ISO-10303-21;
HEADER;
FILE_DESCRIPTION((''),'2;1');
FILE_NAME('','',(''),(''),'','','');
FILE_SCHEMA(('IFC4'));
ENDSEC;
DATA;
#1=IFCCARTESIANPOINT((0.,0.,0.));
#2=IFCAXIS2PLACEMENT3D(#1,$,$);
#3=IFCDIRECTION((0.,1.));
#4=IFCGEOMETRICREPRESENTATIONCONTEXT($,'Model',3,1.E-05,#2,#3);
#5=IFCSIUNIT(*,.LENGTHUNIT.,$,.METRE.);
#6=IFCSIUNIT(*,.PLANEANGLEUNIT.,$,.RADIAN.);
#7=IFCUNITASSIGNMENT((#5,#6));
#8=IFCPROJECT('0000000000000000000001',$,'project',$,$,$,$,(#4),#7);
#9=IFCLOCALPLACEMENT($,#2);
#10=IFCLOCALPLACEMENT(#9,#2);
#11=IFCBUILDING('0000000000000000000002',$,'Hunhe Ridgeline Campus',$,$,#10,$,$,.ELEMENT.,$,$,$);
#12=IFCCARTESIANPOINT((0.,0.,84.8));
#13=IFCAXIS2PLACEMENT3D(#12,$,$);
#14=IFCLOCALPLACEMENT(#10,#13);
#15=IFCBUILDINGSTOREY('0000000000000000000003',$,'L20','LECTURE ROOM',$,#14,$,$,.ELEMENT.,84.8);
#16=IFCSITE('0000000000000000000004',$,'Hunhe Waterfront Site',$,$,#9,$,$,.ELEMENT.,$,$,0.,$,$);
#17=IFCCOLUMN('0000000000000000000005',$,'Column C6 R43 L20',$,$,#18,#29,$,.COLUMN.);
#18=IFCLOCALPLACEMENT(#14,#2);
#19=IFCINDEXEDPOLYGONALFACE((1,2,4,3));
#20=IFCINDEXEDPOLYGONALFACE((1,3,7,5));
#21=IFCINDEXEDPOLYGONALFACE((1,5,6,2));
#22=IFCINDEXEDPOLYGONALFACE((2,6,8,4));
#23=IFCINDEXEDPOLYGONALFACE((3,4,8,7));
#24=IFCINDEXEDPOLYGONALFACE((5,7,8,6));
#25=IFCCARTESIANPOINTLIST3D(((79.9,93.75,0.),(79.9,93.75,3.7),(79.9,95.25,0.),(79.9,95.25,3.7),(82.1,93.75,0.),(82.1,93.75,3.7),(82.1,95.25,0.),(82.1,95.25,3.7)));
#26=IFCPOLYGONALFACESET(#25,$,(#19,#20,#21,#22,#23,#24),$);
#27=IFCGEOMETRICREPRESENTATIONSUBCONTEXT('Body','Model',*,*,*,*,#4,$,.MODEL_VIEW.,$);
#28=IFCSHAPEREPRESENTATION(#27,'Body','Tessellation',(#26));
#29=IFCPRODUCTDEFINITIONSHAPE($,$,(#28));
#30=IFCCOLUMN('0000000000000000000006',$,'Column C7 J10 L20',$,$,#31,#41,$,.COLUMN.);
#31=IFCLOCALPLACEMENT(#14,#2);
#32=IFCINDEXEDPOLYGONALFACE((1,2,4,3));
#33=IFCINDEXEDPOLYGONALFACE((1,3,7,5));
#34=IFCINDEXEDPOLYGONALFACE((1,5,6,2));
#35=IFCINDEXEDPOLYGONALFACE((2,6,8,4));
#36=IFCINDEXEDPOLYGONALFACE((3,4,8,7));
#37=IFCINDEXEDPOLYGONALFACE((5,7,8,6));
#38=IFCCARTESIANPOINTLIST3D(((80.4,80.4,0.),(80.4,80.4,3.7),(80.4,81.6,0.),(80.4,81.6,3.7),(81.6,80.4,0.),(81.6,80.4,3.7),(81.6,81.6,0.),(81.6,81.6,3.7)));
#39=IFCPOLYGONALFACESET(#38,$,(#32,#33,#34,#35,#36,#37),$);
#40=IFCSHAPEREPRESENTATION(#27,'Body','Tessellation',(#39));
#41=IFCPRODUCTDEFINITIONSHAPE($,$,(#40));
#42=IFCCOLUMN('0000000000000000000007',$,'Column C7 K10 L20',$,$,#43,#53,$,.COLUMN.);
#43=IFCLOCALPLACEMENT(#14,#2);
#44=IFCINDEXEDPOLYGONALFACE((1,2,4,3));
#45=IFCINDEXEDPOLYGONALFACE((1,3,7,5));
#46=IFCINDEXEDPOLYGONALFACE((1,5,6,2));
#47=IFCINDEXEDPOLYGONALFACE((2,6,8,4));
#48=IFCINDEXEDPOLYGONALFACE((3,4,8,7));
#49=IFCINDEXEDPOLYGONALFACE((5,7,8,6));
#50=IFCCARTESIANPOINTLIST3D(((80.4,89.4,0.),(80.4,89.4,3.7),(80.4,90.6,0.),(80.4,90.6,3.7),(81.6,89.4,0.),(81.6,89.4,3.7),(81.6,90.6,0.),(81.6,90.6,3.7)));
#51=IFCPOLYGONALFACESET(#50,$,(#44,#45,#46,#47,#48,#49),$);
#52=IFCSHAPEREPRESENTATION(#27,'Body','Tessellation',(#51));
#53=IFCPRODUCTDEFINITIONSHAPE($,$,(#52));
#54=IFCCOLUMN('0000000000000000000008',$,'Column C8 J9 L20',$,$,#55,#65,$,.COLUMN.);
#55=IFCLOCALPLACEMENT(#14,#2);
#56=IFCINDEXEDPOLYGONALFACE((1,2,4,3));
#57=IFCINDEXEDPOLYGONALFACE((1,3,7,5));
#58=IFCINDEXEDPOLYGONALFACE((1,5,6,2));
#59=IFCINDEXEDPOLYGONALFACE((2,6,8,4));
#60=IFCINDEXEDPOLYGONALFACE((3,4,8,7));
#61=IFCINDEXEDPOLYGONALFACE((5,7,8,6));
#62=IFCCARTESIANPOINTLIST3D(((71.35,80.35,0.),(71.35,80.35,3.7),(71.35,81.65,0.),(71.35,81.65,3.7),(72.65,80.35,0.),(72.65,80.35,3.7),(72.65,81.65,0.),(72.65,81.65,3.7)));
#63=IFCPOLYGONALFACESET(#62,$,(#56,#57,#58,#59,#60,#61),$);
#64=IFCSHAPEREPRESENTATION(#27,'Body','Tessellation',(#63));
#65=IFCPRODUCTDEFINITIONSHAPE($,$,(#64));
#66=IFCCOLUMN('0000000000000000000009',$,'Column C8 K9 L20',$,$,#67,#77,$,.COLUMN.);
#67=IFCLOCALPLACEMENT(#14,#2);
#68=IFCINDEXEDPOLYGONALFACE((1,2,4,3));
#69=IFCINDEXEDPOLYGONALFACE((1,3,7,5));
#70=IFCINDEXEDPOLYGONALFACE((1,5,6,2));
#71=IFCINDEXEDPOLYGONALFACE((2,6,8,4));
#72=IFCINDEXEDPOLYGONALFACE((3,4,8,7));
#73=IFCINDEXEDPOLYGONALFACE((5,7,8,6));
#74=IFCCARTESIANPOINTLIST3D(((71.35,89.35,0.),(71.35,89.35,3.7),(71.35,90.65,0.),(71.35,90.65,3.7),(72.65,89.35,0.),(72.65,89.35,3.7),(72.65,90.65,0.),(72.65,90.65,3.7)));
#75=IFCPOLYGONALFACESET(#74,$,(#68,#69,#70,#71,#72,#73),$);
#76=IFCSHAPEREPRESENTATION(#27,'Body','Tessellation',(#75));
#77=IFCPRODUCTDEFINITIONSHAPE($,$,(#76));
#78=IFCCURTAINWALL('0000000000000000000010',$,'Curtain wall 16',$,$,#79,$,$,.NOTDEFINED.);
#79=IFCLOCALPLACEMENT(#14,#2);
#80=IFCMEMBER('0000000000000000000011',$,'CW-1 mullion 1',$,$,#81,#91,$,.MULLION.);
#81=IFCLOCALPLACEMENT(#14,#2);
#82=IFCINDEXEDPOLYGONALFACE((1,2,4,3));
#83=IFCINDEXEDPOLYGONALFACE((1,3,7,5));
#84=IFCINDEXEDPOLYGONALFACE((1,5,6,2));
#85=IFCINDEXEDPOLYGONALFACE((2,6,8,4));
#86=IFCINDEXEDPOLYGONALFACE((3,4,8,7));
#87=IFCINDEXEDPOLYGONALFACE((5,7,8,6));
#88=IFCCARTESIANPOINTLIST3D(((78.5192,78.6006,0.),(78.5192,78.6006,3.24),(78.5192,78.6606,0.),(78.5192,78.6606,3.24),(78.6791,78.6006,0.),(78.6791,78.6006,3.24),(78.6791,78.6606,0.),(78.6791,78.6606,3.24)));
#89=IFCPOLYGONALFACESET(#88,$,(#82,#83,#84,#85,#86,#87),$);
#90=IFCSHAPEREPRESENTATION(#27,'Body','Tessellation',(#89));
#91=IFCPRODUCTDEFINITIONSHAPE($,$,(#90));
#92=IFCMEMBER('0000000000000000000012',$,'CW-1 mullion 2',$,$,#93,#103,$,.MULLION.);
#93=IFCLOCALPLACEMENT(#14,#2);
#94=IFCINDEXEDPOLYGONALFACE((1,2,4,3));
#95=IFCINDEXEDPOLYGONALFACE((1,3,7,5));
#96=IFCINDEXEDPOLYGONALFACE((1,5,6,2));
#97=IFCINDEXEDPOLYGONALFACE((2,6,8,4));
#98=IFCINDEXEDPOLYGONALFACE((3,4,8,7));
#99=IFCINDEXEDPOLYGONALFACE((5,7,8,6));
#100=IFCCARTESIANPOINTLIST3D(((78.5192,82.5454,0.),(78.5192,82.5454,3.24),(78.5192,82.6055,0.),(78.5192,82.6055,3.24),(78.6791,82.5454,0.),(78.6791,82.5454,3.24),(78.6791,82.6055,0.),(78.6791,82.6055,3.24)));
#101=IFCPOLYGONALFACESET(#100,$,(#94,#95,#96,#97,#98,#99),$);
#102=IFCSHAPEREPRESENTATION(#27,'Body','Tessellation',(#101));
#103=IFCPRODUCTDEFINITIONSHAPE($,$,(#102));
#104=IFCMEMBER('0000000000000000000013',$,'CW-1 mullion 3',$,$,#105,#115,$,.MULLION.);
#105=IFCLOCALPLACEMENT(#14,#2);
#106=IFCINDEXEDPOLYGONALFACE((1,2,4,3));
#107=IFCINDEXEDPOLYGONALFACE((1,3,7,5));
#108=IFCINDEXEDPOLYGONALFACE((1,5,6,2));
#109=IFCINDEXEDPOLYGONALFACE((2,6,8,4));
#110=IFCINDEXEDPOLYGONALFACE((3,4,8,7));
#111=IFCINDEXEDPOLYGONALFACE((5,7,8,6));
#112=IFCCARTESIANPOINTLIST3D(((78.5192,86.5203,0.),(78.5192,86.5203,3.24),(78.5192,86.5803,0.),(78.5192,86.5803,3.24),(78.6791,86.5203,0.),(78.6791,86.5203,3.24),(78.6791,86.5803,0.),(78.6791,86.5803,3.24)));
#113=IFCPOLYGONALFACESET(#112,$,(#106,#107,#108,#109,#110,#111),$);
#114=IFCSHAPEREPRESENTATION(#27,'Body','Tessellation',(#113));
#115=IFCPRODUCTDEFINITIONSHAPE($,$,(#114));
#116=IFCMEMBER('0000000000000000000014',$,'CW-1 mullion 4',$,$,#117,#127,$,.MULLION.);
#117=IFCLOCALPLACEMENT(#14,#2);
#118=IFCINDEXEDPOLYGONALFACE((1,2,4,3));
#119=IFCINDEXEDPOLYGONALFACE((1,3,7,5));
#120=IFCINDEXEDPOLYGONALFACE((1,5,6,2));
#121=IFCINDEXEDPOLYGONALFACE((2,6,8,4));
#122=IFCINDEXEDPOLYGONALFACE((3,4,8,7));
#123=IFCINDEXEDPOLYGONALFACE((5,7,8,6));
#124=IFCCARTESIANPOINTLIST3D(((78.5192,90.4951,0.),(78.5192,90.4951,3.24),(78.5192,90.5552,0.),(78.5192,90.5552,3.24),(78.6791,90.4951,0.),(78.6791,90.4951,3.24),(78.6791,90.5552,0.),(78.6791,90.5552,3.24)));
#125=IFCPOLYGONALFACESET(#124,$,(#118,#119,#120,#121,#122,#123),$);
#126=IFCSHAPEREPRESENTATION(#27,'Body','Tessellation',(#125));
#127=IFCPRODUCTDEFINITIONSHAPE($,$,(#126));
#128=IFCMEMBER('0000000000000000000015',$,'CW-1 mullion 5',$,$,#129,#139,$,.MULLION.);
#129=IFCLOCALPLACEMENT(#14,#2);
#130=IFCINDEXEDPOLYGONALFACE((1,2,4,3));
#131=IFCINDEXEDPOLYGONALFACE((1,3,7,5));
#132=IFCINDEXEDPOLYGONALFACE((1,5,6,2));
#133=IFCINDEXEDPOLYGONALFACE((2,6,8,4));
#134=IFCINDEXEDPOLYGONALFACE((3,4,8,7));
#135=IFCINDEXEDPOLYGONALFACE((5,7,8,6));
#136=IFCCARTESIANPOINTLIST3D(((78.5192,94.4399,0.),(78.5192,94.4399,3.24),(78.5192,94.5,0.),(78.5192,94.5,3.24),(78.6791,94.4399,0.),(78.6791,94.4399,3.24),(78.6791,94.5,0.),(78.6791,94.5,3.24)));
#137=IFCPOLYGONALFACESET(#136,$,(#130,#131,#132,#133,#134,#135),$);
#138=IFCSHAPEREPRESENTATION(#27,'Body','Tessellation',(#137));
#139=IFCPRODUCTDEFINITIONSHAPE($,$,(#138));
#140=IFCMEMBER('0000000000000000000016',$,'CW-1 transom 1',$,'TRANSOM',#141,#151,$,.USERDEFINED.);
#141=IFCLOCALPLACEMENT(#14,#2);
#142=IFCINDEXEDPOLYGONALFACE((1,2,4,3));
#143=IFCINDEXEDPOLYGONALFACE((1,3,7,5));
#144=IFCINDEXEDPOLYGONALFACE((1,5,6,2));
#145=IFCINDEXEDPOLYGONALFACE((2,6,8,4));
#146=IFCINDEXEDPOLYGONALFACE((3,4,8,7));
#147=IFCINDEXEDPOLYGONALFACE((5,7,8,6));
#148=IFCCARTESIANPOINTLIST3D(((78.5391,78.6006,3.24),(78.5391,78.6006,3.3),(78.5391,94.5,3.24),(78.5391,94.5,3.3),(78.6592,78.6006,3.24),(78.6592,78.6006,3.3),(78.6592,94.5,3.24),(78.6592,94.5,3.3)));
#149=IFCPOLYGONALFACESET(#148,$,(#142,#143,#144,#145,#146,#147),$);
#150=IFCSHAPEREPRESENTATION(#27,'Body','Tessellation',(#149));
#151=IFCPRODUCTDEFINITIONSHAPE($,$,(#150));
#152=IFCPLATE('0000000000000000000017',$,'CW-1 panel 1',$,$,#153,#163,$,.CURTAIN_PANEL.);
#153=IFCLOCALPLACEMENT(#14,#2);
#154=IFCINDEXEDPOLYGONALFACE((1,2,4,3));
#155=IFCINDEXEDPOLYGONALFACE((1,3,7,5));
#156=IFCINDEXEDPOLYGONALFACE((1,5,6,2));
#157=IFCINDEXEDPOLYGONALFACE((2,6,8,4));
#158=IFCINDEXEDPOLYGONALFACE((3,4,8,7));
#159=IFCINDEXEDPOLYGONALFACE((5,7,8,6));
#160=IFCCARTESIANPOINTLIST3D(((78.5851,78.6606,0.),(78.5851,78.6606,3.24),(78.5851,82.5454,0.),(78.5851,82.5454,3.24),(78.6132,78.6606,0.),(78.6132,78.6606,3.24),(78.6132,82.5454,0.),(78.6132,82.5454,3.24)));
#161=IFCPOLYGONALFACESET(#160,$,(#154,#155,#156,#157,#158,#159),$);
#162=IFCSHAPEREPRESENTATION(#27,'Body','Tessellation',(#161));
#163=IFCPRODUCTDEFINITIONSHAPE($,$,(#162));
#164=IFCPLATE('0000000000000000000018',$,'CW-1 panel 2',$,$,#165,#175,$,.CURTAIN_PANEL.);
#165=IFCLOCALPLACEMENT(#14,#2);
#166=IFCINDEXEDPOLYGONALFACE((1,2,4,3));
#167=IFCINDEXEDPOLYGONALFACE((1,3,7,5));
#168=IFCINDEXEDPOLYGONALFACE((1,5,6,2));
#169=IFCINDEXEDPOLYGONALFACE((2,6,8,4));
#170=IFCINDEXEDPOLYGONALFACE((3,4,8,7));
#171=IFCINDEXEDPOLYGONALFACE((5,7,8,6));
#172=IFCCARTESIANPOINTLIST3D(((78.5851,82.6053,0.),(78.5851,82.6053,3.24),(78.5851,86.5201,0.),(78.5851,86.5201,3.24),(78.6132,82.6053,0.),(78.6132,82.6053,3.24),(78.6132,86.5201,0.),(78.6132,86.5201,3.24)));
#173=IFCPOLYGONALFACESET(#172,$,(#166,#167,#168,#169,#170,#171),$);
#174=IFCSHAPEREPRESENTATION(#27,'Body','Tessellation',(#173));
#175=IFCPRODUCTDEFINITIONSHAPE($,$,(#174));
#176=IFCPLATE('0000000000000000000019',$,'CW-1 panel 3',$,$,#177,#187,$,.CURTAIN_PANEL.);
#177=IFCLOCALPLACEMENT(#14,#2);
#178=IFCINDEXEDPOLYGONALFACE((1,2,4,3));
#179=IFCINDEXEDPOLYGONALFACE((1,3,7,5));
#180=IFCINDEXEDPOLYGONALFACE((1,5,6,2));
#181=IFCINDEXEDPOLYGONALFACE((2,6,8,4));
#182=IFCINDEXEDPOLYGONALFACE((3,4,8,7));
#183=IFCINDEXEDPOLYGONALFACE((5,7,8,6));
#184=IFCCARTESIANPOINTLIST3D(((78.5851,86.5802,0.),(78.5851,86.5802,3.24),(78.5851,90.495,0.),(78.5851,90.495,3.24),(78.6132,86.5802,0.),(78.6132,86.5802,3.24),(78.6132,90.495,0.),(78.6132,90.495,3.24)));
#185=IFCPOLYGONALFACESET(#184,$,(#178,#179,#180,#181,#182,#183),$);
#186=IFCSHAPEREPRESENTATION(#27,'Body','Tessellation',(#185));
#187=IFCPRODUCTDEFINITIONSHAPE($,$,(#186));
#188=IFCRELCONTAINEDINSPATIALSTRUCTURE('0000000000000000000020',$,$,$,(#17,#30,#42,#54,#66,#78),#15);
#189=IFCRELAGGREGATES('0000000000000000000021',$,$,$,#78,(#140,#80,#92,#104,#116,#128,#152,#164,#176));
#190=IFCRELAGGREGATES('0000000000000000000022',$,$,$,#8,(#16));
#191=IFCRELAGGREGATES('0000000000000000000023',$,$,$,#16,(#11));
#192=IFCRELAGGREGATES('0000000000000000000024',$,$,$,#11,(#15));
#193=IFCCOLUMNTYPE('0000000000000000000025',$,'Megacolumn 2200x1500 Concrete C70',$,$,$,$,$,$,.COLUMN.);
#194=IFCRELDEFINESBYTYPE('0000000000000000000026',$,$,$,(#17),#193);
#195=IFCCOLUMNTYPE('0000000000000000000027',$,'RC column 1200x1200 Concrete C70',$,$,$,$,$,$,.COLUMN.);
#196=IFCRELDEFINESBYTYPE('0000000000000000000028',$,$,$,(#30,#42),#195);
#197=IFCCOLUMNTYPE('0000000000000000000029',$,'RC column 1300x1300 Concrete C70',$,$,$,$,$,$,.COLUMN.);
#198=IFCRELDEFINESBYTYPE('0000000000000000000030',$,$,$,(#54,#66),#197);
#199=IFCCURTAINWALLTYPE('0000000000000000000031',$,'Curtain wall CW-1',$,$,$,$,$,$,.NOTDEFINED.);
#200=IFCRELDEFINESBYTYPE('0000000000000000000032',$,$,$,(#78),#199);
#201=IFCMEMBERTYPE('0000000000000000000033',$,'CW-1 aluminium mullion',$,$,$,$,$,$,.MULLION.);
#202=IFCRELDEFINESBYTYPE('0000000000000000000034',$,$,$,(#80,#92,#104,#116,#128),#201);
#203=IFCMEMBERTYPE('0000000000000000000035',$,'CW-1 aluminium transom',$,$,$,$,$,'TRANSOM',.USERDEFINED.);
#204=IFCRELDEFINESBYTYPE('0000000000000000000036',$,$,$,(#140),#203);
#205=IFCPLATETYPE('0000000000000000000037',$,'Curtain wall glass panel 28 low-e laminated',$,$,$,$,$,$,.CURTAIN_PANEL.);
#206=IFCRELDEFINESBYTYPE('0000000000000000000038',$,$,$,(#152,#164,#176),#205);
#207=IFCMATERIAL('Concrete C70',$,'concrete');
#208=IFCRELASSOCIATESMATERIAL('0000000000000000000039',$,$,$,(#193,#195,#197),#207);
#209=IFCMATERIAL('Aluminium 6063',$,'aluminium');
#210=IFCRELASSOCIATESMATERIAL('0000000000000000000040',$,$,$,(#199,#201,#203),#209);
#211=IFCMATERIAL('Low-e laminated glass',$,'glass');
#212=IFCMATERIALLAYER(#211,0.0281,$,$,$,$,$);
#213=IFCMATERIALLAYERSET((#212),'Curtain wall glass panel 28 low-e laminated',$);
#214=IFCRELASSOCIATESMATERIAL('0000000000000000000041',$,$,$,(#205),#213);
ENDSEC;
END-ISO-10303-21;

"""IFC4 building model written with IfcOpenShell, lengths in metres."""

from ifc_helpers import new_model, si_unit, direction, frame, origin, origin_2d, place, context, subcontext, project, spatial, rectangle, extrude, material, layer, layer_set, material_profile, profile_set, type_object, element, aggregate, save


model = new_model("IFC4")

# Units and contexts
model_context = context("Model", 3, precision=1e-05, world=origin(), true_north=direction((0.0, 1.0)))
body_context = subcontext(model_context, "Body", "Model", "MODEL_VIEW")
ifc_project = project(units=[si_unit("LENGTHUNIT", "METRE"), si_unit("PLANEANGLEUNIT", "RADIAN")], contexts=[model_context])

# Site, building, storey
site_placement = place(None, origin())
site = spatial("IfcSite", under=ifc_project, at=site_placement, Name="Hunhe Waterfront Site", CompositionType="ELEMENT", RefElevation=0.0)
building_placement = place(site_placement, origin())
building = spatial("IfcBuilding", under=site, at=building_placement, Name="Hunhe Ridgeline Campus", CompositionType="ELEMENT")
storey_placement = place(building_placement, frame((0.0, 0.0, 84.8)))
storey = spatial("IfcBuildingStorey", under=building, at=storey_placement, Name="L20", Description="LECTURE ROOM", CompositionType="ELEMENT", Elevation=84.8)

# Columns
ifc_material_1 = material(Name="Concrete C70", Category="concrete")
ifc_material_profile_1 = material_profile(ifc_material_1, rectangle(XDim=2.2, YDim=1.5, at=origin_2d()))
ifc_profile_set_1 = profile_set([ifc_material_profile_1], Name="Concrete C70")
column_type_1 = type_object("IfcColumnType", Name="Megacolumn 2200x1500 Concrete C70", PredefinedType="COLUMN", material=ifc_profile_set_1)
column_placement = place(storey_placement, frame((81.0, 94.5, 0.0), z_axis=(0.0, 0.0, 1.0), x_axis=(1.0, 0.0, 0.0)))
element("IfcColumn", 1, at=column_placement, inside=storey, type_object=column_type_1, Name="Column C6 R43 L20", PredefinedType="COLUMN", context=body_context, shape_type="SweptSolid", body=[
    extrude(rectangle(XDim=2.2, YDim=1.5, at=origin_2d()), origin(), (0.0, 0.0, 1.0), 3.7),
])
ifc_material_profile_2 = material_profile(ifc_material_1, rectangle(XDim=1.2, YDim=1.2, at=origin_2d()))
ifc_profile_set_2 = profile_set([ifc_material_profile_2], Name="Concrete C70")
column_type_2 = type_object("IfcColumnType", Name="RC column 1200x1200 Concrete C70", PredefinedType="COLUMN", material=ifc_profile_set_2)
for number, where, z_axis, x_axis, name in (
    (2, (81.0, 81.0, 0.0), (0.0, 0.0, 1.0), (1.0, 0.0, 0.0), "Column C7 J10 L20"),
    (3, (81.0, 90.0, 0.0), (0.0, 0.0, 1.0), (1.0, 0.0, 0.0), "Column C7 K10 L20"),
):
    element("IfcColumn", number, at=place(storey_placement, frame(where, z_axis=z_axis, x_axis=x_axis)), inside=storey, type_object=column_type_2, Name=name, PredefinedType="COLUMN", context=body_context, shape_type="SweptSolid", body=[
        extrude(rectangle(XDim=1.2, YDim=1.2, at=origin_2d()), origin(), (0.0, 0.0, 1.0), 3.7),
    ])
ifc_material_profile_3 = material_profile(ifc_material_1, rectangle(XDim=1.3, YDim=1.3, at=origin_2d()))
ifc_profile_set_3 = profile_set([ifc_material_profile_3], Name="Concrete C70")
column_type_3 = type_object("IfcColumnType", Name="RC column 1300x1300 Concrete C70", PredefinedType="COLUMN", material=ifc_profile_set_3)
for number, where, z_axis, x_axis, name in (
    (4, (72.0, 81.0, 0.0), (0.0, 0.0, 1.0), (1.0, 0.0, 0.0), "Column C8 J9 L20"),
    (5, (72.0, 90.0, 0.0), (0.0, 0.0, 1.0), (1.0, 0.0, 0.0), "Column C8 K9 L20"),
):
    element("IfcColumn", number, at=place(storey_placement, frame(where, z_axis=z_axis, x_axis=x_axis)), inside=storey, type_object=column_type_3, Name=name, PredefinedType="COLUMN", context=body_context, shape_type="SweptSolid", body=[
        extrude(rectangle(XDim=1.3, YDim=1.3, at=origin_2d()), origin(), (0.0, 0.0, 1.0), 3.7),
    ])

# Curtain wall, members, plates
ifc_material_2 = material(Name="Aluminium 6063", Category="aluminium")
curtain_wall_type = type_object("IfcCurtainWallType", Name="Curtain wall CW-1", PredefinedType="NOTDEFINED", material=ifc_material_2)
curtain_wall_placement = place(storey_placement, origin())
curtain_wall = element("IfcCurtainWall", 6, at=curtain_wall_placement, inside=storey, type_object=curtain_wall_type, Name="Curtain wall 16", PredefinedType="NOTDEFINED")
ifc_material_profile_4 = material_profile(ifc_material_2, rectangle(XDim=0.1599, YDim=0.0601, at=origin_2d()))
ifc_profile_set_4 = profile_set([ifc_material_profile_4], Name="Aluminium 6063")
member_type_1 = type_object("IfcMemberType", Name="CW-1 aluminium mullion", PredefinedType="MULLION", material=ifc_profile_set_4)
member_1_placement = place(storey_placement, frame((78.5991, 78.6306, 0.0), z_axis=(0.0, 0.0, 1.0), x_axis=(-1.0, 0.0, 0.0)))
member_1 = element("IfcMember", 7, at=member_1_placement, type_object=member_type_1, Name="CW-1 mullion 1", PredefinedType="MULLION", context=body_context, shape_type="SweptSolid", body=[
    extrude(rectangle(XDim=0.1599, YDim=0.0601, at=origin_2d()), origin(), (0.0, 0.0, 1.0), 3.24),
])
member_2_placement = place(storey_placement, frame((78.5991, 82.5754, 0.0), z_axis=(0.0, 0.0, 1.0), x_axis=(-1.0, 0.0, 0.0)))
member_2 = element("IfcMember", 8, at=member_2_placement, type_object=member_type_1, Name="CW-1 mullion 2", PredefinedType="MULLION", context=body_context, shape_type="SweptSolid", body=[
    extrude(rectangle(XDim=0.1599, YDim=0.0601, at=origin_2d()), origin(), (0.0, 0.0, 1.0), 3.24),
])
member_3_placement = place(storey_placement, frame((78.5991, 86.5503, 0.0), z_axis=(0.0, 0.0, 1.0), x_axis=(-1.0, 0.0, 0.0)))
member_3 = element("IfcMember", 9, at=member_3_placement, type_object=member_type_1, Name="CW-1 mullion 3", PredefinedType="MULLION", context=body_context, shape_type="SweptSolid", body=[
    extrude(rectangle(XDim=0.1599, YDim=0.0601, at=origin_2d()), origin(), (0.0, 0.0, 1.0), 3.24),
])
member_4_placement = place(storey_placement, frame((78.5991, 90.5251, 0.0), z_axis=(0.0, 0.0, 1.0), x_axis=(-1.0, 0.0, 0.0)))
member_4 = element("IfcMember", 10, at=member_4_placement, type_object=member_type_1, Name="CW-1 mullion 4", PredefinedType="MULLION", context=body_context, shape_type="SweptSolid", body=[
    extrude(rectangle(XDim=0.1599, YDim=0.0601, at=origin_2d()), origin(), (0.0, 0.0, 1.0), 3.24),
])
member_5_placement = place(storey_placement, frame((78.5991, 94.47, 0.0), z_axis=(0.0, 0.0, 1.0), x_axis=(-1.0, 0.0, 0.0)))
member_5 = element("IfcMember", 11, at=member_5_placement, type_object=member_type_1, Name="CW-1 mullion 5", PredefinedType="MULLION", context=body_context, shape_type="SweptSolid", body=[
    extrude(rectangle(XDim=0.1599, YDim=0.0601, at=origin_2d()), origin(), (0.0, 0.0, 1.0), 3.24),
])
ifc_material_profile_5 = material_profile(ifc_material_2, rectangle(XDim=0.1201, YDim=0.0601, at=origin_2d()))
ifc_profile_set_5 = profile_set([ifc_material_profile_5], Name="Aluminium 6063")
member_type_2 = type_object("IfcMemberType", Name="CW-1 aluminium transom", ElementType="TRANSOM", PredefinedType="USERDEFINED", material=ifc_profile_set_5)
member_6_placement = place(storey_placement, frame((78.5991, 78.6006, 3.27), z_axis=(0.0, 1.0, 0.0), x_axis=(-1.0, 0.0, 0.0)))
member_6 = element("IfcMember", 12, at=member_6_placement, type_object=member_type_2, Name="CW-1 transom 1", ObjectType="TRANSOM", PredefinedType="USERDEFINED", context=body_context, shape_type="SweptSolid", body=[
    extrude(rectangle(XDim=0.1201, YDim=0.0601, at=origin_2d()), origin(), (0.0, 0.0, 1.0), 15.8994),
])
ifc_material_3 = material(Name="Low-e laminated glass", Category="glass")
ifc_layer_1 = layer(ifc_material_3, 0.0281)
ifc_layer_set_1 = layer_set([ifc_layer_1], Name="Curtain wall glass panel 28 low-e laminated")
plate_type = type_object("IfcPlateType", Name="Curtain wall glass panel 28 low-e laminated", PredefinedType="CURTAIN_PANEL", material=ifc_layer_set_1)
plate_1_placement = place(storey_placement, frame((78.5991, 80.603, 0.0), z_axis=(0.0, 0.0, 1.0), x_axis=(0.0, 1.0, 0.0)))
plate_1 = element("IfcPlate", 13, at=plate_1_placement, type_object=plate_type, Name="CW-1 panel 1", PredefinedType="CURTAIN_PANEL", context=body_context, shape_type="SweptSolid", body=[
    extrude(rectangle(XDim=3.8848, YDim=0.0281, at=origin_2d()), origin(), (0.0, 0.0, 1.0), 3.24),
])
plate_2_placement = place(storey_placement, frame((78.5991, 84.5627, 0.0), z_axis=(0.0, 0.0, 1.0), x_axis=(0.0, 1.0, 0.0)))
plate_2 = element("IfcPlate", 14, at=plate_2_placement, type_object=plate_type, Name="CW-1 panel 2", PredefinedType="CURTAIN_PANEL", context=body_context, shape_type="SweptSolid", body=[
    extrude(rectangle(XDim=3.9148, YDim=0.0281, at=origin_2d()), origin(), (0.0, 0.0, 1.0), 3.24),
])
plate_3_placement = place(storey_placement, frame((78.5991, 88.5376, 0.0), z_axis=(0.0, 0.0, 1.0), x_axis=(0.0, 1.0, 0.0)))
plate_3 = element("IfcPlate", 15, at=plate_3_placement, type_object=plate_type, Name="CW-1 panel 3", PredefinedType="CURTAIN_PANEL", context=body_context, shape_type="SweptSolid", body=[
    extrude(rectangle(XDim=3.9148, YDim=0.0281, at=origin_2d()), origin(), (0.0, 0.0, 1.0), 3.24),
])
aggregate(curtain_wall, [member_6, member_1, member_2, member_3, member_4, member_5, plate_1, plate_2, plate_3])

save(model, "model.ifc")
